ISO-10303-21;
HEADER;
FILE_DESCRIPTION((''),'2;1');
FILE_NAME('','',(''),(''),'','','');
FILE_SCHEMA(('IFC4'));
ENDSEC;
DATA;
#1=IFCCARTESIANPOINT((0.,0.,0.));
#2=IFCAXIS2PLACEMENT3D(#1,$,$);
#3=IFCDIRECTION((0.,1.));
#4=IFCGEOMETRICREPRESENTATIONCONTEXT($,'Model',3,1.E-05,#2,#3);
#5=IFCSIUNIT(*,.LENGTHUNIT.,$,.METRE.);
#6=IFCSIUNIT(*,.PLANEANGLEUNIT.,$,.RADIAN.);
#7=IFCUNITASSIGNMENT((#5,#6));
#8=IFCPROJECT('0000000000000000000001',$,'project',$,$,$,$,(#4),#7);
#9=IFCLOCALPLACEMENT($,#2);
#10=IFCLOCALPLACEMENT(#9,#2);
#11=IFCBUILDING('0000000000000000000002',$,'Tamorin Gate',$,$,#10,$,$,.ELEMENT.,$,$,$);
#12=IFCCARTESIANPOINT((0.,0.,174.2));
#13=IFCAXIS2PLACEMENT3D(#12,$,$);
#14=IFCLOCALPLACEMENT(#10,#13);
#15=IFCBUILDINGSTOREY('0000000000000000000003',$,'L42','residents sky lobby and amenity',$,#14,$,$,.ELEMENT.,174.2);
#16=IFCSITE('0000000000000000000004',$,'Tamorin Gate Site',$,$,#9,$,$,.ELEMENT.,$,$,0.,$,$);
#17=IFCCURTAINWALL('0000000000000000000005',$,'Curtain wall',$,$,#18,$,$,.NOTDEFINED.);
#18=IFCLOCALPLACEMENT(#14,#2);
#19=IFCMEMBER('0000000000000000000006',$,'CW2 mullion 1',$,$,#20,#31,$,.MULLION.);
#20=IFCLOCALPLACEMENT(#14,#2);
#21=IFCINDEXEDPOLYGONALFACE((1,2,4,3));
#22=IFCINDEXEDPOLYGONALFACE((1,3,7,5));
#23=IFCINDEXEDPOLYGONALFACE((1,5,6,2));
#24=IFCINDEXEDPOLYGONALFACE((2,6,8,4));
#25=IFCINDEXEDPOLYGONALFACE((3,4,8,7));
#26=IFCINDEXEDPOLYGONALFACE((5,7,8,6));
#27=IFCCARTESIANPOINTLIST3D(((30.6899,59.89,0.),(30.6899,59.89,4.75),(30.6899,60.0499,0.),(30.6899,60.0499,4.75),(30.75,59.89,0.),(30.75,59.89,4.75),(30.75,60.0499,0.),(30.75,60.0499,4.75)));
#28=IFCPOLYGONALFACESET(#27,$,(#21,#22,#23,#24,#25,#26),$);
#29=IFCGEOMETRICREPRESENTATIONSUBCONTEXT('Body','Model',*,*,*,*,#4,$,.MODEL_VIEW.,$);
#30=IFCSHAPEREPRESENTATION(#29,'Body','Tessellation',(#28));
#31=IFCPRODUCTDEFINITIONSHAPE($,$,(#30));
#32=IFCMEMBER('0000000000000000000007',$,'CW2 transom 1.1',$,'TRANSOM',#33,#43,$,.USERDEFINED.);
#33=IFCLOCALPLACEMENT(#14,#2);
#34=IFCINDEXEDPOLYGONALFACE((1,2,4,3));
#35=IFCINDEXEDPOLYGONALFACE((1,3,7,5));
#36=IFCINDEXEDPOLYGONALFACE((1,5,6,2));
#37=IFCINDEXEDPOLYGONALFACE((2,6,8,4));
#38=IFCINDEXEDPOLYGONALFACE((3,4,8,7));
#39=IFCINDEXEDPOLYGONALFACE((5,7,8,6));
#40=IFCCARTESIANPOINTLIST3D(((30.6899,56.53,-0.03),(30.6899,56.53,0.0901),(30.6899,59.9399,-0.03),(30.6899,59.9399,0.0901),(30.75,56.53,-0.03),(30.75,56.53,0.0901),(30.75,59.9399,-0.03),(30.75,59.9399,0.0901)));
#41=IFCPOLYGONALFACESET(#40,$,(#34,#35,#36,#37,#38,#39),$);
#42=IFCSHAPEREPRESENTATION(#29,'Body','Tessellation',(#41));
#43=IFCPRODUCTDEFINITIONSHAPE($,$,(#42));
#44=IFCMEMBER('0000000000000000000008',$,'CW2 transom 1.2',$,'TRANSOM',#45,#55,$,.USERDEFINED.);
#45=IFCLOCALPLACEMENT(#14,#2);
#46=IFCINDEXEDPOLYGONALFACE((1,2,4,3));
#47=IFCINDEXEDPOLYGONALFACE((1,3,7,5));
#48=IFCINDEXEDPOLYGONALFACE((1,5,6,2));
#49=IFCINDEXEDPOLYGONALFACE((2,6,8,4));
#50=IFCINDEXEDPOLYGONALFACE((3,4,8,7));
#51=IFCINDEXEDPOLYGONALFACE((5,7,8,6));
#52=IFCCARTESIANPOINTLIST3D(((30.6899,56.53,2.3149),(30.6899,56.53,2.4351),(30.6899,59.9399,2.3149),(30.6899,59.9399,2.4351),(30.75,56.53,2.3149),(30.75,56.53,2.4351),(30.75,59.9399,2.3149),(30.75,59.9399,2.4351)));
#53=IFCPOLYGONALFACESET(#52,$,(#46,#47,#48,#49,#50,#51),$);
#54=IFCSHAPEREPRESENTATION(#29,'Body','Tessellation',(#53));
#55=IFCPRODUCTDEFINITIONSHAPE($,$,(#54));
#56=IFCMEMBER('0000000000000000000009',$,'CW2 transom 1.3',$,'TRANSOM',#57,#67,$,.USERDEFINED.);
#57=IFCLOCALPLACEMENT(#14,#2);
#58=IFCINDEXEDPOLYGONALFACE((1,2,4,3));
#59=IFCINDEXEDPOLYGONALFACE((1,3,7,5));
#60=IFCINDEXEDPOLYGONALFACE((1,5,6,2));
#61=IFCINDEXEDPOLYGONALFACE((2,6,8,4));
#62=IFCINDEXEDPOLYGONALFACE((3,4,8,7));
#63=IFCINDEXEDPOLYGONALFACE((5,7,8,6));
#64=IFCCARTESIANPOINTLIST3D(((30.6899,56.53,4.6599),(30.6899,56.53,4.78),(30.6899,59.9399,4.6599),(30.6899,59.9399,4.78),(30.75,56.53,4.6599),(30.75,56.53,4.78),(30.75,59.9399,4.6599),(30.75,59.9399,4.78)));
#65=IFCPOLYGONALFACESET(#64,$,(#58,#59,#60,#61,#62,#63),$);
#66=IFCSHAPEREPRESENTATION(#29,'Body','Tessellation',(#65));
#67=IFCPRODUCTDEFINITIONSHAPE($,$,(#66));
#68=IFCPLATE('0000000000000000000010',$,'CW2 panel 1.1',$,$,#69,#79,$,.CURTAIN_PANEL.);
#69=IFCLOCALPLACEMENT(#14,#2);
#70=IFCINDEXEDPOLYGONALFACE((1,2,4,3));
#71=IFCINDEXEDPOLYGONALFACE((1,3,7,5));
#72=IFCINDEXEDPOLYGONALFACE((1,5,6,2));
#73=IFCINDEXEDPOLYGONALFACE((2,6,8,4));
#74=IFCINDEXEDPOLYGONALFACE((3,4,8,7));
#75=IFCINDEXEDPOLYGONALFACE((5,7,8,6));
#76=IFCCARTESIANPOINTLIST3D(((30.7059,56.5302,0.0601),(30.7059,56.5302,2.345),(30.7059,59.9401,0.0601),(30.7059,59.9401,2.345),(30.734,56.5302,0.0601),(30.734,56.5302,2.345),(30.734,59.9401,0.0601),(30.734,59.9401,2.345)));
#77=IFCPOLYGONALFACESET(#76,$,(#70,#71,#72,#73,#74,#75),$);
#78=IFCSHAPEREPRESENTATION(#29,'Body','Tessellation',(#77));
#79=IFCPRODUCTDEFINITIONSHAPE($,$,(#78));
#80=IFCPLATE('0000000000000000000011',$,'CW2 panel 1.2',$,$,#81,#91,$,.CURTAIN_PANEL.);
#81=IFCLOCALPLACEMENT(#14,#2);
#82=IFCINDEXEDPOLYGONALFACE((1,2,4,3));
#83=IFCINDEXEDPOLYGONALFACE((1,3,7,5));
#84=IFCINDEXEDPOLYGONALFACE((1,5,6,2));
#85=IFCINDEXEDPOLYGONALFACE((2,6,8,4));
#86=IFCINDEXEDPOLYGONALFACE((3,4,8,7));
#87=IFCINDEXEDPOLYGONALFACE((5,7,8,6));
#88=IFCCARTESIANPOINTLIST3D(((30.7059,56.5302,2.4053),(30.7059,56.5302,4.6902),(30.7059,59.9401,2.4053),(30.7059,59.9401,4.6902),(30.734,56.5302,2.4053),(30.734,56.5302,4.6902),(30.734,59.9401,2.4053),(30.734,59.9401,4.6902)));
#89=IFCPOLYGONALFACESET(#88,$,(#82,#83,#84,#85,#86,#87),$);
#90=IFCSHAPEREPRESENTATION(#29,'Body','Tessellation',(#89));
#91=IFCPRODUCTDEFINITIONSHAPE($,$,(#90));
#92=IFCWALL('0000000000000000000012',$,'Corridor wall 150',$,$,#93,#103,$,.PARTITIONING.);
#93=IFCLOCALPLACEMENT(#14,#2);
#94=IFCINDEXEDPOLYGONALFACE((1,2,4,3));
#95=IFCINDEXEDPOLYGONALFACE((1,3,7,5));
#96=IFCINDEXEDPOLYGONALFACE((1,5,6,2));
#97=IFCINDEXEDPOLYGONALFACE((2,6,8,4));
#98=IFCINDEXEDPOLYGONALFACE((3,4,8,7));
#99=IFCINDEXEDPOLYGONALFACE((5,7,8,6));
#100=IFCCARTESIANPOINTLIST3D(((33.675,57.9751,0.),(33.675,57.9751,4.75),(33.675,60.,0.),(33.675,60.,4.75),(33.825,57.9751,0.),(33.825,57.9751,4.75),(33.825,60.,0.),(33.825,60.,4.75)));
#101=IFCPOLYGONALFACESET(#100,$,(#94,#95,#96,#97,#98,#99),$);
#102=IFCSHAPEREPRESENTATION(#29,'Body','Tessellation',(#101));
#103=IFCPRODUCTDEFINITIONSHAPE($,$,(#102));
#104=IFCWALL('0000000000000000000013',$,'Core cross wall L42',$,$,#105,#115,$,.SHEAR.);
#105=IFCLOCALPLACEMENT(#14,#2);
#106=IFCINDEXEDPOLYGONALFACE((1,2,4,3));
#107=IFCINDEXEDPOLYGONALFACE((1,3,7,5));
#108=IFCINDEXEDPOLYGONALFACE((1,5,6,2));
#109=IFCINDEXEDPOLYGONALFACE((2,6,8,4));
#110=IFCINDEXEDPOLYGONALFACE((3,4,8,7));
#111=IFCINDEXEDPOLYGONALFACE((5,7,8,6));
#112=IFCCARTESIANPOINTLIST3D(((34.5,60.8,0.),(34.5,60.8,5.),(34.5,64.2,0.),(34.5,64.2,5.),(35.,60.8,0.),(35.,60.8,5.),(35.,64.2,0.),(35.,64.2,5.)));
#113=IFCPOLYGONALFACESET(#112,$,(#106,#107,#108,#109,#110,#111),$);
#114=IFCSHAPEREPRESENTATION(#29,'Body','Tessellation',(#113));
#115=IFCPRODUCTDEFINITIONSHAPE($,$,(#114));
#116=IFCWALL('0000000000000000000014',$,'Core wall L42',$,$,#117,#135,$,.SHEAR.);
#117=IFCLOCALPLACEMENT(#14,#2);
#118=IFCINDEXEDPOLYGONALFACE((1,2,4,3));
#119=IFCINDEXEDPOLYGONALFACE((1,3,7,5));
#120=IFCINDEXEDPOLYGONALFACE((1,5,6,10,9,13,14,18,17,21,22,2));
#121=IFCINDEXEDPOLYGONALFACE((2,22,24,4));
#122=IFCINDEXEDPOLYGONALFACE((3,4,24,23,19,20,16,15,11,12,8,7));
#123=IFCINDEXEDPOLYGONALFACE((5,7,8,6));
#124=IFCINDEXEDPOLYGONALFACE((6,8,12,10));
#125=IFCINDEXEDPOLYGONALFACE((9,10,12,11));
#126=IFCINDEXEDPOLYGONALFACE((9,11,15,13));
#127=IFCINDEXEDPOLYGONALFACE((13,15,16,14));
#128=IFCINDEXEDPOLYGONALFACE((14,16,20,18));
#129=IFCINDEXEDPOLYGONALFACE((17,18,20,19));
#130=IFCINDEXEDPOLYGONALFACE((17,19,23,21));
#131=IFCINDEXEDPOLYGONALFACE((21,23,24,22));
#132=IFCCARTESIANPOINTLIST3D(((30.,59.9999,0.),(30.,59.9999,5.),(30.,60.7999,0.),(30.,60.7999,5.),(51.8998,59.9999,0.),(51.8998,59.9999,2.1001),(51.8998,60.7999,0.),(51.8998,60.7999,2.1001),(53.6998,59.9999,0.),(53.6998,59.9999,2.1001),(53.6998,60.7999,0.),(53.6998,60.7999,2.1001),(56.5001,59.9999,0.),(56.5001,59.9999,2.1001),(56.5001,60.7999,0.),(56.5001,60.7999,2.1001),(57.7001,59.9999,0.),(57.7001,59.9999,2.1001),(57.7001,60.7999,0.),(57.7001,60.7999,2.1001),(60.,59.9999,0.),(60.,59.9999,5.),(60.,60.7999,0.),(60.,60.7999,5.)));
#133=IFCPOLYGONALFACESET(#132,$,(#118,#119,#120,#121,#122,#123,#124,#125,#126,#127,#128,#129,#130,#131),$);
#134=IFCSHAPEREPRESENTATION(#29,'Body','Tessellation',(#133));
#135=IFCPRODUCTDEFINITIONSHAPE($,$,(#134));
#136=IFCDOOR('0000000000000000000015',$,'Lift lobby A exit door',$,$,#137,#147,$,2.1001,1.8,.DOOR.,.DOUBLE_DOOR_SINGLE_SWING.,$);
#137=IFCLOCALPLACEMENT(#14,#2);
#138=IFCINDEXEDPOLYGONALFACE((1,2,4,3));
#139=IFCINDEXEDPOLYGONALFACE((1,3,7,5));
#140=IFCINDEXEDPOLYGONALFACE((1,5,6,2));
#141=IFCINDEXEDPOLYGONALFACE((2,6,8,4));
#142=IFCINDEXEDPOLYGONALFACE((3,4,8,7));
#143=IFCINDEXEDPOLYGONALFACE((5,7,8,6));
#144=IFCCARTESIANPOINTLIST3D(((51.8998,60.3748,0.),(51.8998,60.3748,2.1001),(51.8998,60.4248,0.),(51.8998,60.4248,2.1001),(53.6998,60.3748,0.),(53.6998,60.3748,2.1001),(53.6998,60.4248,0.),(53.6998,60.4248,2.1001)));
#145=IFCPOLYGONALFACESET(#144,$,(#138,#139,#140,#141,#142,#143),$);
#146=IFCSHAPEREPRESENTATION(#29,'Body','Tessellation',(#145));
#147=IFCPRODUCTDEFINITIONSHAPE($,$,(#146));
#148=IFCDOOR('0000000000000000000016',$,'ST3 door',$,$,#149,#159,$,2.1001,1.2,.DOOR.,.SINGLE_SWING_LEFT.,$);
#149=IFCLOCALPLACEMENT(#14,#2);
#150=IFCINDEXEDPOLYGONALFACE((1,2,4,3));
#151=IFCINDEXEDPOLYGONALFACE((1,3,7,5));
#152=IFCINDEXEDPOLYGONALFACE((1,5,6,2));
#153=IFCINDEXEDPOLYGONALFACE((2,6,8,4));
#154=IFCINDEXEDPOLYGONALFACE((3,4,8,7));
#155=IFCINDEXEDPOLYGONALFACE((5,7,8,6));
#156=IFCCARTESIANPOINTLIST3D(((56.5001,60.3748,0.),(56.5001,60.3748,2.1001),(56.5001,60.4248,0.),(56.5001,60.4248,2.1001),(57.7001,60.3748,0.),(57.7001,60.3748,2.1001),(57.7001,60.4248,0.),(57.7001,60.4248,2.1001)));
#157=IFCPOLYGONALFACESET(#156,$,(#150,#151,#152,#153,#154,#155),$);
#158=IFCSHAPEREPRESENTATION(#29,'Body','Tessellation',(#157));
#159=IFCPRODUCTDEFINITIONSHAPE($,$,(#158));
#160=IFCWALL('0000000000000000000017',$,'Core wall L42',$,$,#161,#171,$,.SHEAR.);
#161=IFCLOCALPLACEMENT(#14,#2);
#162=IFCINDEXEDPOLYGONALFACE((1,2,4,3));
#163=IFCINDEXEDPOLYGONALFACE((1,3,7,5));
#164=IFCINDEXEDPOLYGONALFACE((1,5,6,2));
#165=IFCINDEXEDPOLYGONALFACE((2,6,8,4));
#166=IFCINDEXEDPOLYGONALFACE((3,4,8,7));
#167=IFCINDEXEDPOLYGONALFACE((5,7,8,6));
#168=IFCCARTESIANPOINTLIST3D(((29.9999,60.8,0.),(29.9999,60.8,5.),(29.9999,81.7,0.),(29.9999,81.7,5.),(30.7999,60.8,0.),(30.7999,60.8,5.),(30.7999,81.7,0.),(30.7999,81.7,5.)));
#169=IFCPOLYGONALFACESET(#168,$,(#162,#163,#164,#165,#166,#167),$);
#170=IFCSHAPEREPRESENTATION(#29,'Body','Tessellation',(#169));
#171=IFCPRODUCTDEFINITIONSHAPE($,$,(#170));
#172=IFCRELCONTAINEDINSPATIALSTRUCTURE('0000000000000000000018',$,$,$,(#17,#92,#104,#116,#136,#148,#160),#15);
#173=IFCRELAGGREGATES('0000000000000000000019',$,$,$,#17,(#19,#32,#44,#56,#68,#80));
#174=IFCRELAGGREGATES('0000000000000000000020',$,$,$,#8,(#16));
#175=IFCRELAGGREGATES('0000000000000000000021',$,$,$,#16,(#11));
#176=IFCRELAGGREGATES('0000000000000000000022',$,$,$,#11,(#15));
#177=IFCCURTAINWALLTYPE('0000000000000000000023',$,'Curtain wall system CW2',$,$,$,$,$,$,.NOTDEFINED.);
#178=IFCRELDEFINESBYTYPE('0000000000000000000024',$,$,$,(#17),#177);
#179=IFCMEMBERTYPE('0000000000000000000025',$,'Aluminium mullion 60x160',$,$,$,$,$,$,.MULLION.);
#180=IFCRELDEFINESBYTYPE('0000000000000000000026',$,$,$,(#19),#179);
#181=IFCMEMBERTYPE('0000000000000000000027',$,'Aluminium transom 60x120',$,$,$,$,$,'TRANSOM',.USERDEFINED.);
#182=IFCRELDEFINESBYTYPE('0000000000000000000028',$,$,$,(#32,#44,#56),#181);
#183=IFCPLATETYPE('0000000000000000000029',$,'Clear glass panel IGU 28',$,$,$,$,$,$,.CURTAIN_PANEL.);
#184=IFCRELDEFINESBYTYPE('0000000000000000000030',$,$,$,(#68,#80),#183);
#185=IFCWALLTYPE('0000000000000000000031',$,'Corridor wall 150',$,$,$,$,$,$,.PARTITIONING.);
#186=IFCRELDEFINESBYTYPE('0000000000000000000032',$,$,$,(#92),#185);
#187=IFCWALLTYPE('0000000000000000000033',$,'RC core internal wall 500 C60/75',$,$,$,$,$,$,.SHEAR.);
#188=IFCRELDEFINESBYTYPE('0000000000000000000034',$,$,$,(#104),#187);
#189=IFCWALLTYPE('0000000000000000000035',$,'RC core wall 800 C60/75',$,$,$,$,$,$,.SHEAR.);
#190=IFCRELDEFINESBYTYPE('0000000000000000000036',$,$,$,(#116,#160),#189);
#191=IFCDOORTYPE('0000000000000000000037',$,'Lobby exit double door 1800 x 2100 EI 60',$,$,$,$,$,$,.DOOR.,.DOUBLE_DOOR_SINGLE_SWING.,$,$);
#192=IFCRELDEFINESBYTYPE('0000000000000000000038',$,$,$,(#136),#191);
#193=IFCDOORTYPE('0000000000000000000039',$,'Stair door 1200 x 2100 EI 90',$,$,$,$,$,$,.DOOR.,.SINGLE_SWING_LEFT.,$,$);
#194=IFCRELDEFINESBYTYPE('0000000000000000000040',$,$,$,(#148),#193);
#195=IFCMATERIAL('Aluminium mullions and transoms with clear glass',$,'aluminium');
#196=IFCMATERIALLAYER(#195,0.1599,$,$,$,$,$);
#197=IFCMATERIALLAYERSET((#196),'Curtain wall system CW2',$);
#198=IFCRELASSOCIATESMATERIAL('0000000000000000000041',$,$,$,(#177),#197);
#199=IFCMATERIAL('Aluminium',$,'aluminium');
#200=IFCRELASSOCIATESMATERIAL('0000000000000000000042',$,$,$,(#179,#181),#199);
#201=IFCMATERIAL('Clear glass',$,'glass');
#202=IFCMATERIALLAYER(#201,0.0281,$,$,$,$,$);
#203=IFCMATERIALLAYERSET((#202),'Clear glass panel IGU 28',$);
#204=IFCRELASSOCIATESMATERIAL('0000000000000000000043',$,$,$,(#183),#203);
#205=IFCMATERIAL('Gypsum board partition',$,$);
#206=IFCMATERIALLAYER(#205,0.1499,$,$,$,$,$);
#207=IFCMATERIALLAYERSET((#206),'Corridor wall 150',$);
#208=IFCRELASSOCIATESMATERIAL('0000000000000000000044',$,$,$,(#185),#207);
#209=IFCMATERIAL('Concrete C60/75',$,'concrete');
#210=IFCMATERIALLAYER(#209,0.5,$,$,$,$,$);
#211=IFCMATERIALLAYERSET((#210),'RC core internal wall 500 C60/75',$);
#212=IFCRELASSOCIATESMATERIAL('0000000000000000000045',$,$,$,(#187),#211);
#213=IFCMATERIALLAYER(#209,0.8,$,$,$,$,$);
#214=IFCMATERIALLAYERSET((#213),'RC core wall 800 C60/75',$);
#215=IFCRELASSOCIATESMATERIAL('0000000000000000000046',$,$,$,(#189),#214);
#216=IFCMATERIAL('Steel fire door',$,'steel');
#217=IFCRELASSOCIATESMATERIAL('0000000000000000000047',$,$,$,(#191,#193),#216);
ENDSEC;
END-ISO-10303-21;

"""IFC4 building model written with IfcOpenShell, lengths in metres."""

from ifc_helpers import new_model, si_unit, direction, frame, frame_2d, origin, origin_2d, place, context, subcontext, project, spatial, rectangle, extrude, material, layer, layer_set, material_profile, profile_set, type_object, element, fill, aggregate, save


model = new_model("IFC4")

# Units and contexts
model_context = context("Model", 3, precision=1e-05, world=origin(), true_north=direction((0.0, 1.0)))
body_context = subcontext(model_context, "Body", "Model", "MODEL_VIEW")
ifc_project = project(units=[si_unit("LENGTHUNIT", "METRE"), si_unit("PLANEANGLEUNIT", "RADIAN")], contexts=[model_context])

# Site, building, storey
site_placement = place(None, origin())
site = spatial("IfcSite", under=ifc_project, at=site_placement, Name="Tamorin Gate Site", CompositionType="ELEMENT", RefElevation=0.0)
building_placement = place(site_placement, origin())
building = spatial("IfcBuilding", under=site, at=building_placement, Name="Tamorin Gate", CompositionType="ELEMENT")
storey_placement = place(building_placement, frame((0.0, 0.0, 174.2)))
storey = spatial("IfcBuildingStorey", under=building, at=storey_placement, Name="L42", Description="residents sky lobby and amenity", CompositionType="ELEMENT", Elevation=174.2)

# Curtain wall, members, plates
ifc_material_1 = material(Name="Aluminium mullions and transoms with clear glass", Category="aluminium")
ifc_layer_1 = layer(ifc_material_1, 0.1599)
ifc_layer_set_1 = layer_set([ifc_layer_1], Name="Curtain wall system CW2")
curtain_wall_type = type_object("IfcCurtainWallType", Name="Curtain wall system CW2", PredefinedType="NOTDEFINED", material=ifc_layer_set_1)
curtain_wall_placement = place(storey_placement, origin())
curtain_wall = element("IfcCurtainWall", 1, at=curtain_wall_placement, inside=storey, type_object=curtain_wall_type, Name="Curtain wall", PredefinedType="NOTDEFINED")
ifc_material_2 = material(Name="Aluminium", Category="aluminium")
ifc_material_profile_1 = material_profile(ifc_material_2, rectangle(XDim=0.0601, YDim=0.1599, at=origin_2d()), Name="RECT 60x160")
ifc_profile_set_1 = profile_set([ifc_material_profile_1], Name="Aluminium")
member_type_1 = type_object("IfcMemberType", Name="Aluminium mullion 60x160", PredefinedType="MULLION", material=ifc_profile_set_1)
member_1_placement = place(storey_placement, frame((30.72, 59.97, 0.0), z_axis=(0.0, 0.0, 1.0), x_axis=(1.0, 0.0, 0.0)))
member_1 = element("IfcMember", 2, at=member_1_placement, type_object=member_type_1, Name="CW2 mullion 1", PredefinedType="MULLION", context=body_context, shape_type="SweptSolid", body=[
    extrude(rectangle(XDim=0.0601, YDim=0.1599, at=origin_2d()), origin(), (0.0, 0.0, 1.0), 4.75),
])
ifc_material_profile_2 = material_profile(ifc_material_2, rectangle(XDim=0.0601, YDim=0.1201, at=origin_2d()), Name="RECT 60x120")
ifc_profile_set_2 = profile_set([ifc_material_profile_2], Name="Aluminium")
member_type_2 = type_object("IfcMemberType", Name="Aluminium transom 60x120", ElementType="TRANSOM", PredefinedType="USERDEFINED", material=ifc_profile_set_2)
member_2_placement = place(storey_placement, frame((30.72, 59.9399, 0.03), z_axis=(0.0, -1.0, 0.0), x_axis=(1.0, 0.0, 0.0)))
member_2 = element("IfcMember", 3, at=member_2_placement, type_object=member_type_2, Name="CW2 transom 1.1", ObjectType="TRANSOM", PredefinedType="USERDEFINED", context=body_context, shape_type="SweptSolid", body=[
    extrude(rectangle(XDim=0.0601, YDim=0.1201, at=origin_2d()), origin(), (0.0, 0.0, 1.0), 3.4099),
])
member_3_placement = place(storey_placement, frame((30.72, 59.9399, 2.375), z_axis=(0.0, -1.0, 0.0), x_axis=(1.0, 0.0, 0.0)))
member_3 = element("IfcMember", 4, at=member_3_placement, type_object=member_type_2, Name="CW2 transom 1.2", ObjectType="TRANSOM", PredefinedType="USERDEFINED", context=body_context, shape_type="SweptSolid", body=[
    extrude(rectangle(XDim=0.0601, YDim=0.1201, at=origin_2d()), origin(), (0.0, 0.0, 1.0), 3.4099),
])
member_4_placement = place(storey_placement, frame((30.72, 59.9399, 4.72), z_axis=(0.0, -1.0, 0.0), x_axis=(1.0, 0.0, 0.0)))
member_4 = element("IfcMember", 5, at=member_4_placement, type_object=member_type_2, Name="CW2 transom 1.3", ObjectType="TRANSOM", PredefinedType="USERDEFINED", context=body_context, shape_type="SweptSolid", body=[
    extrude(rectangle(XDim=0.0601, YDim=0.1201, at=origin_2d()), origin(), (0.0, 0.0, 1.0), 3.4099),
])
ifc_material_3 = material(Name="Clear glass", Category="glass")
ifc_layer_2 = layer(ifc_material_3, 0.0281)
ifc_layer_set_2 = layer_set([ifc_layer_2], Name="Clear glass panel IGU 28")
plate_type = type_object("IfcPlateType", Name="Clear glass panel IGU 28", PredefinedType="CURTAIN_PANEL", material=ifc_layer_set_2)
plate_1_placement = place(storey_placement, frame((30.72, 58.2351, 0.0601), z_axis=(0.0, 0.0, 1.0), x_axis=(0.0, -1.0, 0.0)))
plate_1 = element("IfcPlate", 6, at=plate_1_placement, type_object=plate_type, Name="CW2 panel 1.1", PredefinedType="CURTAIN_PANEL", context=body_context, shape_type="SweptSolid", body=[
    extrude(rectangle(XDim=3.4099, YDim=0.0281, at=origin_2d()), origin(), (0.0, 0.0, 1.0), 2.2849),
])
plate_2_placement = place(storey_placement, frame((30.72, 58.2351, 2.4053), z_axis=(0.0, 0.0, 1.0), x_axis=(0.0, -1.0, 0.0)))
plate_2 = element("IfcPlate", 7, at=plate_2_placement, type_object=plate_type, Name="CW2 panel 1.2", PredefinedType="CURTAIN_PANEL", context=body_context, shape_type="SweptSolid", body=[
    extrude(rectangle(XDim=3.4099, YDim=0.0281, at=origin_2d()), origin(), (0.0, 0.0, 1.0), 2.2849),
])
aggregate(curtain_wall, [member_1, member_2, member_3, member_4, plate_1, plate_2])

# Walls
ifc_material_4 = material(Name="Gypsum board partition")
ifc_layer_3 = layer(ifc_material_4, 0.1499)
ifc_layer_set_3 = layer_set([ifc_layer_3], Name="Corridor wall 150")
wall_type_1 = type_object("IfcWallType", Name="Corridor wall 150", PredefinedType="PARTITIONING", material=ifc_layer_set_3)
wall_1_placement = place(storey_placement, frame((33.75, 57.9751, 0.0), z_axis=(0.0, 0.0, 1.0), x_axis=(0.0, 1.0, 0.0)))
element("IfcWall", 8, at=wall_1_placement, inside=storey, type_object=wall_type_1, Name="Corridor wall 150", PredefinedType="PARTITIONING", context=body_context, shape_type="SweptSolid", body=[
    extrude(rectangle(XDim=2.0249, YDim=0.1499, at=frame_2d((1.0125, 0.0))), origin(), (0.0, 0.0, 1.0), 4.75),
])
ifc_material_5 = material(Name="Concrete C60/75", Category="concrete")
ifc_layer_4 = layer(ifc_material_5, 0.5)
ifc_layer_set_4 = layer_set([ifc_layer_4], Name="RC core internal wall 500 C60/75")
wall_type_2 = type_object("IfcWallType", Name="RC core internal wall 500 C60/75", PredefinedType="SHEAR", material=ifc_layer_set_4)
wall_2_placement = place(storey_placement, frame((34.75, 60.8, 0.0), z_axis=(0.0, 0.0, 1.0), x_axis=(0.0, 1.0, 0.0)))
element("IfcWall", 9, at=wall_2_placement, inside=storey, type_object=wall_type_2, Name="Core cross wall L42", PredefinedType="SHEAR", context=body_context, shape_type="SweptSolid", body=[
    extrude(rectangle(XDim=3.3999, YDim=0.5, at=frame_2d((1.7, 0.0))), origin(), (0.0, 0.0, 1.0), 5.0),
])

# Wall, openings, doors
ifc_layer_5 = layer(ifc_material_5, 0.8)
ifc_layer_set_5 = layer_set([ifc_layer_5], Name="RC core wall 800 C60/75")
wall_type_3 = type_object("IfcWallType", Name="RC core wall 800 C60/75", PredefinedType="SHEAR", material=ifc_layer_set_5)
wall_3_placement = place(storey_placement, frame((30.0, 60.3999, 0.0), z_axis=(0.0, 0.0, 1.0), x_axis=(1.0, 0.0, 0.0)))
wall_3 = element("IfcWall", 10, at=wall_3_placement, inside=storey, type_object=wall_type_3, Name="Core wall L42", PredefinedType="SHEAR", context=body_context, shape_type="SweptSolid", body=[
    extrude(rectangle(XDim=30.0, YDim=0.8, at=frame_2d((15.0, 0.0))), origin(), (0.0, 0.0, 1.0), 5.0),
])
opening_1_placement = place(wall_3_placement, frame((21.8999, 0.0, 0.0)))
opening_1 = element("IfcOpeningElement", 11, at=opening_1_placement, cuts=wall_3, PredefinedType="OPENING", context=body_context, shape_type="SweptSolid", body=[
    extrude(rectangle(XDim=1.8, YDim=2.1001, at=frame_2d((0.8999, 1.05))), frame((0.0, 0.4099, 0.0), z_axis=(0.0, -1.0, 0.0), x_axis=(1.0, 0.0, 0.0)), (0.0, 0.0, 1.0), 0.8201),
])
opening_2_placement = place(wall_3_placement, frame((26.5, 0.0, 0.0)))
opening_2 = element("IfcOpeningElement", 12, at=opening_2_placement, cuts=wall_3, PredefinedType="OPENING", context=body_context, shape_type="SweptSolid", body=[
    extrude(rectangle(XDim=1.2, YDim=2.1001, at=frame_2d((0.6001, 1.05))), frame((0.0, 0.4099, 0.0), z_axis=(0.0, -1.0, 0.0), x_axis=(1.0, 0.0, 0.0)), (0.0, 0.0, 1.0), 0.8201),
])
ifc_material_6 = material(Name="Steel fire door", Category="steel")
door_type_1 = type_object("IfcDoorType", Name="Lobby exit double door 1800 x 2100 EI 60", OperationType="DOUBLE_DOOR_SINGLE_SWING", PredefinedType="DOOR", material=ifc_material_6)
door_1_placement = place(opening_1_placement, origin())
door_1 = element("IfcDoor", 13, at=door_1_placement, inside=storey, type_object=door_type_1, Name="Lift lobby A exit door", OperationType="DOUBLE_DOOR_SINGLE_SWING", OverallHeight=2.1001, OverallWidth=1.8, PredefinedType="DOOR", context=body_context, shape_type="SweptSolid", body=[
    extrude(rectangle(XDim=1.8, YDim=2.1001, at=frame_2d((0.8999, 1.05))), frame((0.0, 0.0249, 0.0), z_axis=(0.0, -1.0, 0.0), x_axis=(1.0, 0.0, 0.0)), (0.0, 0.0, 1.0), 0.05),
])
fill(opening_1, door_1)
door_type_2 = type_object("IfcDoorType", Name="Stair door 1200 x 2100 EI 90", OperationType="SINGLE_SWING_LEFT", PredefinedType="DOOR", material=ifc_material_6)
door_2_placement = place(opening_2_placement, origin())
door_2 = element("IfcDoor", 14, at=door_2_placement, inside=storey, type_object=door_type_2, Name="ST3 door", OperationType="SINGLE_SWING_LEFT", OverallHeight=2.1001, OverallWidth=1.2, PredefinedType="DOOR", context=body_context, shape_type="SweptSolid", body=[
    extrude(rectangle(XDim=1.2, YDim=2.1001, at=frame_2d((0.6001, 1.05))), frame((0.0, 0.0249, 0.0), z_axis=(0.0, -1.0, 0.0), x_axis=(1.0, 0.0, 0.0)), (0.0, 0.0, 1.0), 0.05),
])
fill(opening_2, door_2)

# Wall
wall_4_placement = place(storey_placement, frame((30.3999, 60.8, 0.0), z_axis=(0.0, 0.0, 1.0), x_axis=(0.0, 1.0, 0.0)))
element("IfcWall", 15, at=wall_4_placement, inside=storey, type_object=wall_type_3, Name="Core wall L42", PredefinedType="SHEAR", context=body_context, shape_type="SweptSolid", body=[
    extrude(rectangle(XDim=20.8999, YDim=0.8, at=frame_2d((10.45, 0.0))), origin(), (0.0, 0.0, 1.0), 5.0),
])

save(model, "model.ifc")
